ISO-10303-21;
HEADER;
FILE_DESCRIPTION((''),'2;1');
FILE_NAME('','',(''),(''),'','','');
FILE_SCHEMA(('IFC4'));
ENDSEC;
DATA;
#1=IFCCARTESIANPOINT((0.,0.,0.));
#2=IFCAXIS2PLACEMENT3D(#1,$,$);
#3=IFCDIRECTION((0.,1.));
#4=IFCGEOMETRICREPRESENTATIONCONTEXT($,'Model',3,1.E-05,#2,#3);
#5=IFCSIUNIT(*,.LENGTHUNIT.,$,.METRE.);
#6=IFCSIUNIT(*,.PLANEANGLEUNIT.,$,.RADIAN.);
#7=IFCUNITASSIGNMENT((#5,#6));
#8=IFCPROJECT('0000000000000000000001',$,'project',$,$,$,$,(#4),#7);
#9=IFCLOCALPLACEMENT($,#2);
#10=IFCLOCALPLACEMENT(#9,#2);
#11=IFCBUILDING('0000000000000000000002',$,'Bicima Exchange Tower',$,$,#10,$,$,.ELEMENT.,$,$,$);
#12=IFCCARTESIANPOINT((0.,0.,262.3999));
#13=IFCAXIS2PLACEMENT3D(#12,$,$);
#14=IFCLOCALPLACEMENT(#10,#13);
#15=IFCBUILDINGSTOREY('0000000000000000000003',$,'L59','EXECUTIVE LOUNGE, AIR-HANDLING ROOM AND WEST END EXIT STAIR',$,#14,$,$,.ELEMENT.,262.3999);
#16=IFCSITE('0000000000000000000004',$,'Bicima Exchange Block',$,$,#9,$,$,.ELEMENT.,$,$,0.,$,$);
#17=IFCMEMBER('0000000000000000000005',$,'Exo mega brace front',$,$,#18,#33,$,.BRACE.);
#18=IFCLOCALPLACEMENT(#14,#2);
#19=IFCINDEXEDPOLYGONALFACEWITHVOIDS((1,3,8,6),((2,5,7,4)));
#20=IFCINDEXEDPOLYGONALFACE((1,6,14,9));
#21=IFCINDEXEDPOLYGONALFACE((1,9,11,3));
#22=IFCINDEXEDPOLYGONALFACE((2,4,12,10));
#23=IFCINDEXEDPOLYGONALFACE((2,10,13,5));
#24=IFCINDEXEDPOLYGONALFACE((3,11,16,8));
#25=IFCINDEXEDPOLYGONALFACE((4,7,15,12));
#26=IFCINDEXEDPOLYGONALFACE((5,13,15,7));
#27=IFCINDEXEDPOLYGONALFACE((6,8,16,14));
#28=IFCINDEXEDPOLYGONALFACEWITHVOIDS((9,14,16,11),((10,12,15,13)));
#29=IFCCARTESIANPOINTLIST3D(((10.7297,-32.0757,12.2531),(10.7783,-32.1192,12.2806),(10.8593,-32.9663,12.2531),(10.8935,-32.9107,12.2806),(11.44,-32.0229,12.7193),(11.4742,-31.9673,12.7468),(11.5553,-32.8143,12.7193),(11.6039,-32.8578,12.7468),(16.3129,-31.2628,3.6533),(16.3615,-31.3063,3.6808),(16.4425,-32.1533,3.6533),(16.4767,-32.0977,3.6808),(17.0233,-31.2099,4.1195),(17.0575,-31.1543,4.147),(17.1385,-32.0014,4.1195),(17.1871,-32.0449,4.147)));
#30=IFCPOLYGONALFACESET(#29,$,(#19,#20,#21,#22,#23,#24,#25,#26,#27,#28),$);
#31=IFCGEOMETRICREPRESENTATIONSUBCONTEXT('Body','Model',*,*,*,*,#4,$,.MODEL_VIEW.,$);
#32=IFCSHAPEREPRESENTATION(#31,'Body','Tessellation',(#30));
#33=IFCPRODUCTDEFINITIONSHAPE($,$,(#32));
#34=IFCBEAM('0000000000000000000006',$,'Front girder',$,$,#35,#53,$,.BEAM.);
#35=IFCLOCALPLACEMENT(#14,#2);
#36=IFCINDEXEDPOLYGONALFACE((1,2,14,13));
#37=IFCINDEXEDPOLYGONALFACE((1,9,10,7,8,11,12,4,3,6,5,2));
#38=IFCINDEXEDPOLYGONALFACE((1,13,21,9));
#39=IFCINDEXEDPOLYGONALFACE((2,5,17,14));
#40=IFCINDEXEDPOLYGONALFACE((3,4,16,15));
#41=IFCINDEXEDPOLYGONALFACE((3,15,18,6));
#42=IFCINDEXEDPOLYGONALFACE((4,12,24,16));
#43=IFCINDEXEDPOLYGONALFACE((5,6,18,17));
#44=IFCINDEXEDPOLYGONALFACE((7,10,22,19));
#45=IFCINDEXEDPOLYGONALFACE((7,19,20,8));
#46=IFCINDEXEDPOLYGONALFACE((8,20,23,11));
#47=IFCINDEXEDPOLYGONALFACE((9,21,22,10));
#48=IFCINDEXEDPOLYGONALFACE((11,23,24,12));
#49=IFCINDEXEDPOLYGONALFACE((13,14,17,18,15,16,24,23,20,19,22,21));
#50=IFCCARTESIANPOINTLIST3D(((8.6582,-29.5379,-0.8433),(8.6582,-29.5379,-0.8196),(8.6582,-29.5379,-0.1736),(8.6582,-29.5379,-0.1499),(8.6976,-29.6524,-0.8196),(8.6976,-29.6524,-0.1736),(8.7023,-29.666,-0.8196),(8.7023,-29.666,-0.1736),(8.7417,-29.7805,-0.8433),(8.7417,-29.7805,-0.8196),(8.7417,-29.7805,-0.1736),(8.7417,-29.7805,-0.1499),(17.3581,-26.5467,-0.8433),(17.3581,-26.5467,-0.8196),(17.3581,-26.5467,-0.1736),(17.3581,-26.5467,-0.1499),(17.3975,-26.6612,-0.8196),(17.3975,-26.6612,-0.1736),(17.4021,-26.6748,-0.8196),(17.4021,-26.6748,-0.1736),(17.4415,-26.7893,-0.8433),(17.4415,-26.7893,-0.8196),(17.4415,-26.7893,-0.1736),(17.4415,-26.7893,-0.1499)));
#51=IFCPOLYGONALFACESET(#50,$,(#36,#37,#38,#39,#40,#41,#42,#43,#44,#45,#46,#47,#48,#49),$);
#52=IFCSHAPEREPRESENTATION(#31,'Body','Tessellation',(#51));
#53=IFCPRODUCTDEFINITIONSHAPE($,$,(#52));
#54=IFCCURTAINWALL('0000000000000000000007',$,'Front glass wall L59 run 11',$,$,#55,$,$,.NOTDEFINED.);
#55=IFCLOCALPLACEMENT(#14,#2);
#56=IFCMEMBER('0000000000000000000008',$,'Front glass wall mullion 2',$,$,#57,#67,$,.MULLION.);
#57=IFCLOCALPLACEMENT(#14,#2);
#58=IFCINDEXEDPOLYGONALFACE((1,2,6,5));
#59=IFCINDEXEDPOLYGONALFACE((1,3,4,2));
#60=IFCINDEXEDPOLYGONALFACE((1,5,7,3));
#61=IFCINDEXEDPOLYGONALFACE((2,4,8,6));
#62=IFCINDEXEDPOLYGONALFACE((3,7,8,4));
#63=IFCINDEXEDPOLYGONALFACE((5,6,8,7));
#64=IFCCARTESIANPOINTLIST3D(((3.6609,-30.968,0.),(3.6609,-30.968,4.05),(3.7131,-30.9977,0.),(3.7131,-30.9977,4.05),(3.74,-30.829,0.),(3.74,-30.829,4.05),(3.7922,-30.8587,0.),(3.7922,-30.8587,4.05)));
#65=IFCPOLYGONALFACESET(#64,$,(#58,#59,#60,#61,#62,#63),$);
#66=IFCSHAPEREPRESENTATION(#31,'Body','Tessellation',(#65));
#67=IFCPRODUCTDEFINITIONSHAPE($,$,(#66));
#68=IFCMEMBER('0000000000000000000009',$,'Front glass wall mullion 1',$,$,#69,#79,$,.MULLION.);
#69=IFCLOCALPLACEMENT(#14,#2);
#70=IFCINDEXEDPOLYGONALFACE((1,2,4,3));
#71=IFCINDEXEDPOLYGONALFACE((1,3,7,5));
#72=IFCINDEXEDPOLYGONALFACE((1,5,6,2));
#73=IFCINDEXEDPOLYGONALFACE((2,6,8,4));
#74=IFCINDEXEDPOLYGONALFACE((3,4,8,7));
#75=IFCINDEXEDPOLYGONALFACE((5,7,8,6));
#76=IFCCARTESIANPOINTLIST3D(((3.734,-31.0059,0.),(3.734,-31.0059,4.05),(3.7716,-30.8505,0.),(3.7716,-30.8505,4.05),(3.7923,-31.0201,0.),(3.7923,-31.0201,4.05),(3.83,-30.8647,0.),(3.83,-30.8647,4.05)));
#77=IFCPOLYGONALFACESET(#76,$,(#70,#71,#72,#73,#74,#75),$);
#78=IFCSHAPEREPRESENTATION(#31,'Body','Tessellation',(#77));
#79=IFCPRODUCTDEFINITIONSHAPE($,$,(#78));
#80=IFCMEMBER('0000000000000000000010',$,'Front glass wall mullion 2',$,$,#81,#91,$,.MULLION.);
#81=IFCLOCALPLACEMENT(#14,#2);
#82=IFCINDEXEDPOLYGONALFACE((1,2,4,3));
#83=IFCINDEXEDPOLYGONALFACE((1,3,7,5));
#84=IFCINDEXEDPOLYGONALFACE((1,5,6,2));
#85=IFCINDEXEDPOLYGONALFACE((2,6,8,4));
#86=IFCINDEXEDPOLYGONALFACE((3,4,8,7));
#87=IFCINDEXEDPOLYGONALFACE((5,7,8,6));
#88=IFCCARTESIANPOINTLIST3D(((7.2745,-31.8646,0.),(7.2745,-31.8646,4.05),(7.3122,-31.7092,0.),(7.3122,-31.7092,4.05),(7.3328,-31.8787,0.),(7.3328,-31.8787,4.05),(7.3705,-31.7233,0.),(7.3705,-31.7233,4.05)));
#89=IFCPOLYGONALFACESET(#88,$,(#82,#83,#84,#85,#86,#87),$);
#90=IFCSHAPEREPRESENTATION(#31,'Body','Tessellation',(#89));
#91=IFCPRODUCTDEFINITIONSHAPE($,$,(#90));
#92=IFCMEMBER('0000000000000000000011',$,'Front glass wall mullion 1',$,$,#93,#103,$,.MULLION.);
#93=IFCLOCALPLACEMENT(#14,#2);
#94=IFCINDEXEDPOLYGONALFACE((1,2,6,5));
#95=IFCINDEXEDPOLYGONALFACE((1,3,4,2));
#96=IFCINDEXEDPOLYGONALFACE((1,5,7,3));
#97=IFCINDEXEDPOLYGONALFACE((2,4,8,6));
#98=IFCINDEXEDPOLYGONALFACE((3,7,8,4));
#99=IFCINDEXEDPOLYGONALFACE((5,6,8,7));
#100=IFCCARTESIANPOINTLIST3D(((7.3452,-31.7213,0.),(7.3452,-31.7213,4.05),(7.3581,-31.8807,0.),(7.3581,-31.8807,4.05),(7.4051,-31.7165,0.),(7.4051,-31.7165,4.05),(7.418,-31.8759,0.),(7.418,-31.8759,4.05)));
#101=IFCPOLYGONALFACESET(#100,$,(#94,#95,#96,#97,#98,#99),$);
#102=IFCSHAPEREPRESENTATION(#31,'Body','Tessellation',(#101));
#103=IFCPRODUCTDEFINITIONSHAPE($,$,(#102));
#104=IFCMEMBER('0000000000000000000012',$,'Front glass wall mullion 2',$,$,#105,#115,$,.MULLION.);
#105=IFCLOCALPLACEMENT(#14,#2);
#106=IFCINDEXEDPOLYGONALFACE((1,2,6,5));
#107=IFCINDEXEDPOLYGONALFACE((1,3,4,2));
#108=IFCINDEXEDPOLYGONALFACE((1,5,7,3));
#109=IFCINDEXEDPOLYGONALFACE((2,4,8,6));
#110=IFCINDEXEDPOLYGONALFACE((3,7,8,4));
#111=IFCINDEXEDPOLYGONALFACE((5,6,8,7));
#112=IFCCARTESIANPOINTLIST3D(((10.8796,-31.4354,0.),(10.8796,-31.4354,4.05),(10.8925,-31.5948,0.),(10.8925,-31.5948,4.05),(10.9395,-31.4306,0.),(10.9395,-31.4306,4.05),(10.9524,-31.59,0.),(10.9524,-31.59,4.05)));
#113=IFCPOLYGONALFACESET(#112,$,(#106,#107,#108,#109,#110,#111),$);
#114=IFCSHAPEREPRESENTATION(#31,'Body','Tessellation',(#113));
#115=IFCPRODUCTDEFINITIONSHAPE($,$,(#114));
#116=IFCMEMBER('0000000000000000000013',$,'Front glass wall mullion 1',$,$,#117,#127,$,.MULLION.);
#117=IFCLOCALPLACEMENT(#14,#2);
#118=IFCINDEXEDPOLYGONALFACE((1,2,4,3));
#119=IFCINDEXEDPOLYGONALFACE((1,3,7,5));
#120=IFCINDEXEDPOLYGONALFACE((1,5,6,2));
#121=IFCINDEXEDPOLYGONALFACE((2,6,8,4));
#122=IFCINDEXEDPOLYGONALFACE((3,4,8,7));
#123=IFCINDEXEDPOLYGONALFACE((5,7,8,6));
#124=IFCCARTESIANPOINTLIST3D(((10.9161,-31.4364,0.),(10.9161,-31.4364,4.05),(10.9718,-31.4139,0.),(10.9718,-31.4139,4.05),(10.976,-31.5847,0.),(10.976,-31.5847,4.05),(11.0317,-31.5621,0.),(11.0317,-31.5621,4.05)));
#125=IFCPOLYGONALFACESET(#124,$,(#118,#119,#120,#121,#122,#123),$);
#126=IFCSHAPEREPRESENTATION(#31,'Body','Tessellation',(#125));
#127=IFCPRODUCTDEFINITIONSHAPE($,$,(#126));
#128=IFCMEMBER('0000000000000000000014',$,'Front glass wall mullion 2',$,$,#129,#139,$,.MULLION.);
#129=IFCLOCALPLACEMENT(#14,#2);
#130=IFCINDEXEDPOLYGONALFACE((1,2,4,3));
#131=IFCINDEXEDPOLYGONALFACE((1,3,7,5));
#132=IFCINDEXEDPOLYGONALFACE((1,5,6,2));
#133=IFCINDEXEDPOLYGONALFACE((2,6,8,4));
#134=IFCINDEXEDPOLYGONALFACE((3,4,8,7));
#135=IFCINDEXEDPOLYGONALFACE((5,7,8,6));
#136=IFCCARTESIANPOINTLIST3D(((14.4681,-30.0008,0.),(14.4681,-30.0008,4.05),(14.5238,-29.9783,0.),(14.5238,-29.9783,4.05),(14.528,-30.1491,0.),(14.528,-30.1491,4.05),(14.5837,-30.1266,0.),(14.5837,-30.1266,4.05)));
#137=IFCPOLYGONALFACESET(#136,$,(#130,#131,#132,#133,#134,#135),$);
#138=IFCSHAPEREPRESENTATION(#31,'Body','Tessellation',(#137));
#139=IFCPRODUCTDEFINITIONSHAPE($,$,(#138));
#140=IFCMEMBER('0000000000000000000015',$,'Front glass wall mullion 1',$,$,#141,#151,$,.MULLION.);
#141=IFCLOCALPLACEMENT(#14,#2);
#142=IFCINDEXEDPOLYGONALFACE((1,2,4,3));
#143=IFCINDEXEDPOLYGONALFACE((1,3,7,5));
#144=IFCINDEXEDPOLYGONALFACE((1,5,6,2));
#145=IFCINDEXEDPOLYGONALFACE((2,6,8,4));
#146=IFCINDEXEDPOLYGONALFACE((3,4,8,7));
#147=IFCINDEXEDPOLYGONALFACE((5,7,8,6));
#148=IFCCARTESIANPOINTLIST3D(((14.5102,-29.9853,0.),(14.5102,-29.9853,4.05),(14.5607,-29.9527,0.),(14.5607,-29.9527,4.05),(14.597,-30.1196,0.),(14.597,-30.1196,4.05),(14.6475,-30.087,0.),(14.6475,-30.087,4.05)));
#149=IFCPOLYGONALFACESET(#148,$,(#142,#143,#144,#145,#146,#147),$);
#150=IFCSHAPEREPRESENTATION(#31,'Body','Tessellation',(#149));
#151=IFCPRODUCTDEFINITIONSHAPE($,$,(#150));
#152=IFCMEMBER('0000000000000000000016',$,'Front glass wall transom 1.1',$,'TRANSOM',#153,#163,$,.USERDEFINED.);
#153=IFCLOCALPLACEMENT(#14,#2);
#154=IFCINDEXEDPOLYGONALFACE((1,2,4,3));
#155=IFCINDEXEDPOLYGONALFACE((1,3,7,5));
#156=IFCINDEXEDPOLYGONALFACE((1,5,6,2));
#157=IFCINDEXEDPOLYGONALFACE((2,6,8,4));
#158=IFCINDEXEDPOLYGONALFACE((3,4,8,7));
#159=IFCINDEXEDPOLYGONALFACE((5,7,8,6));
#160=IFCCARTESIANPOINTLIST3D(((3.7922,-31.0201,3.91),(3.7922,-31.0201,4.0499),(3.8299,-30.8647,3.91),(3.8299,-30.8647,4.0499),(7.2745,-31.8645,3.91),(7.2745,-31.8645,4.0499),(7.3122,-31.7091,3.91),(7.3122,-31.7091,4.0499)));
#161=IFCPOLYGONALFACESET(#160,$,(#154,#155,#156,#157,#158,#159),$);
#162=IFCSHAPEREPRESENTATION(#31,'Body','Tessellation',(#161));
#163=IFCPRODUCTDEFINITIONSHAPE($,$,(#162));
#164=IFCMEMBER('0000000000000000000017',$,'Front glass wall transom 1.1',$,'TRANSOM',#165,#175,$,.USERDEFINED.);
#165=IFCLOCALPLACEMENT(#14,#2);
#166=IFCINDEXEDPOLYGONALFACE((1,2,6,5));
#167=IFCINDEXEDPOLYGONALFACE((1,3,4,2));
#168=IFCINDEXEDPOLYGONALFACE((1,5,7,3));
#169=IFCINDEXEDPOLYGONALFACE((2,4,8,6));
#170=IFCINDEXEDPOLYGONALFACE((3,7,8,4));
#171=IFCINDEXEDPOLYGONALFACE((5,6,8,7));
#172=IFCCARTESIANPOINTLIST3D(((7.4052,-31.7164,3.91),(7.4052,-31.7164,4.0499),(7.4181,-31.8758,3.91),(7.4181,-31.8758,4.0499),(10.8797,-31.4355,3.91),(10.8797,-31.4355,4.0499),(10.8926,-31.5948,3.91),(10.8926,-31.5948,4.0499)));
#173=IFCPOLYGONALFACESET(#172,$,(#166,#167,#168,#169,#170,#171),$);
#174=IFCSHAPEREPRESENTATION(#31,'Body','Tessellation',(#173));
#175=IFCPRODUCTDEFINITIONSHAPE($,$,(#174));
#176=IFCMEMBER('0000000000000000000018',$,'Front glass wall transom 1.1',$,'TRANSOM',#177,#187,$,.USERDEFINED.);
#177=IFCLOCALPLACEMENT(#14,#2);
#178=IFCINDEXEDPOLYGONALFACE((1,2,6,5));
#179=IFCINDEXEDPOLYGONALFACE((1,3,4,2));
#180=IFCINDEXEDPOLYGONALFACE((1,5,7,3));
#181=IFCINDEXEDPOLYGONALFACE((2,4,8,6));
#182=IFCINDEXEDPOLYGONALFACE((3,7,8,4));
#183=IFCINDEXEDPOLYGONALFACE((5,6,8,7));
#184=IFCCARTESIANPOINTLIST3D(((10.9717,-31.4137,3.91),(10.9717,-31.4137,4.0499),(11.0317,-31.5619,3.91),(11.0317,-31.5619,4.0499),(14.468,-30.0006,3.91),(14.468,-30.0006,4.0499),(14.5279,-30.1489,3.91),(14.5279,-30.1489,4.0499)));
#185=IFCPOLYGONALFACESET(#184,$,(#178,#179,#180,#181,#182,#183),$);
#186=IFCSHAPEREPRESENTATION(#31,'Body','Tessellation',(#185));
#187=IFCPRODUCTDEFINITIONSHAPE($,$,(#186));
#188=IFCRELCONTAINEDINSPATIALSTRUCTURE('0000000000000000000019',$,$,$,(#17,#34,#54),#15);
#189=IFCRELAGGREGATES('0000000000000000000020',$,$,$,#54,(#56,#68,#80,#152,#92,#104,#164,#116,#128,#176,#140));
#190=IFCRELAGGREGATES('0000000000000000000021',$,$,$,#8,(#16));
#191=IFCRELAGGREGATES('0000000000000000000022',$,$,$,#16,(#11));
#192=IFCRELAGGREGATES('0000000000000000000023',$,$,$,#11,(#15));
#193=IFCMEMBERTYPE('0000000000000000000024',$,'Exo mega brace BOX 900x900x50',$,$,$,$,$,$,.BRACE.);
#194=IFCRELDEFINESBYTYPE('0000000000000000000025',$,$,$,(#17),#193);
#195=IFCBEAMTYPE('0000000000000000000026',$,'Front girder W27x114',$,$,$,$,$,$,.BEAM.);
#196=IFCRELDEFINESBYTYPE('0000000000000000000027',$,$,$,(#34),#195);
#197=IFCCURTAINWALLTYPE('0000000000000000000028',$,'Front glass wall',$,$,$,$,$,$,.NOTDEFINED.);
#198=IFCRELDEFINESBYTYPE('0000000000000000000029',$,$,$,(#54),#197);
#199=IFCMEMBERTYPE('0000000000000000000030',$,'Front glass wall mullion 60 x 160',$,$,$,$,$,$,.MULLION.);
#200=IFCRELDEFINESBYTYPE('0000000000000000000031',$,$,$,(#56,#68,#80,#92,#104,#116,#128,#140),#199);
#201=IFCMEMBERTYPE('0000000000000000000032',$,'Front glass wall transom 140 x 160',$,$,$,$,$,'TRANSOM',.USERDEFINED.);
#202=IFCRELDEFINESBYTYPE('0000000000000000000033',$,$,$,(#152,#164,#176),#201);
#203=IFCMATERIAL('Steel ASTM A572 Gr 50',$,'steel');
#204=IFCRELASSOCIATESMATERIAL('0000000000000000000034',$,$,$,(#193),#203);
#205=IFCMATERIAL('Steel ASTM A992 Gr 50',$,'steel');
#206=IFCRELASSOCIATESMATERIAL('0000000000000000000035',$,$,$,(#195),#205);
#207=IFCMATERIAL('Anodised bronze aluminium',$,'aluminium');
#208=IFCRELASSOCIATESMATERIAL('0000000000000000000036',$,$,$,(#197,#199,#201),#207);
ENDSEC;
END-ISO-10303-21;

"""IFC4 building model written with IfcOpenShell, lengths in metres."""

from ifc_helpers import new_model, si_unit, direction, frame, origin, origin_2d, place, context, subcontext, project, spatial, rectangle, hollow_rectangle, i_section, extrude, material, material_profile, profile_set, type_object, element, aggregate, save


model = new_model("IFC4")

# Units and contexts
model_context = context("Model", 3, precision=1e-05, world=origin(), true_north=direction((0.0, 1.0)))
body_context = subcontext(model_context, "Body", "Model", "MODEL_VIEW")
ifc_project = project(units=[si_unit("LENGTHUNIT", "METRE"), si_unit("PLANEANGLEUNIT", "RADIAN")], contexts=[model_context])

# Site, building, storey
site_placement = place(None, origin())
site = spatial("IfcSite", under=ifc_project, at=site_placement, Name="Bicima Exchange Block", CompositionType="ELEMENT", RefElevation=0.0)
building_placement = place(site_placement, origin())
building = spatial("IfcBuilding", under=site, at=building_placement, Name="Bicima Exchange Tower", CompositionType="ELEMENT")
storey_placement = place(building_placement, frame((0.0, 0.0, 262.3999)))
storey = spatial("IfcBuildingStorey", under=building, at=storey_placement, Name="L59", Description="EXECUTIVE LOUNGE, AIR-HANDLING ROOM AND WEST END EXIT STAIR", CompositionType="ELEMENT", Elevation=262.3999)

# Member
ifc_material_1 = material(Name="Steel ASTM A572 Gr 50", Category="steel")
ifc_material_profile_1 = material_profile(ifc_material_1, hollow_rectangle(XDim=0.8999, YDim=0.8999, WallThickness=0.05, at=origin_2d()))
ifc_profile_set_1 = profile_set([ifc_material_profile_1], Name="Steel ASTM A572 Gr 50")
member_type_1 = type_object("IfcMemberType", Name="Exo mega brace BOX 900x900x50", PredefinedType="BRACE", material=ifc_profile_set_1)
member_1_placement = place(storey_placement, frame((16.75, -31.6538, 3.9001), z_axis=(-0.542828, -0.079042, 0.836116), x_axis=(0.144092, -0.989564, 0.0)))
element("IfcMember", 1, at=member_1_placement, inside=storey, type_object=member_type_1, Name="Exo mega brace front", PredefinedType="BRACE", context=body_context, shape_type="SweptSolid", body=[
    extrude(hollow_rectangle(XDim=0.8999, YDim=0.8999, WallThickness=0.05, at=origin_2d()), origin(), (0.0, 0.0, 1.0), 10.2854),
])

# Beam
ifc_material_2 = material(Name="Steel ASTM A992 Gr 50", Category="steel")
ifc_material_profile_2 = material_profile(ifc_material_2, i_section(OverallWidth=0.2566, OverallDepth=0.6934, WebThickness=0.0144, FlangeThickness=0.0237, at=origin_2d()))
ifc_profile_set_2 = profile_set([ifc_material_profile_2], Name="Steel ASTM A992 Gr 50")
beam_type = type_object("IfcBeamType", Name="Front girder W27x114", PredefinedType="BEAM", material=ifc_profile_set_2)
beam_placement = place(storey_placement, frame((8.7, -29.6592, -0.4966), z_axis=(0.945666, 0.325138, 0.0), x_axis=(-0.325138, 0.945666, 0.0)))
element("IfcBeam", 2, at=beam_placement, inside=storey, type_object=beam_type, Name="Front girder", PredefinedType="BEAM", context=body_context, shape_type="SweptSolid", body=[
    extrude(i_section(OverallWidth=0.2566, OverallDepth=0.6934, WebThickness=0.0144, FlangeThickness=0.0237, at=origin_2d()), origin(), (0.0, 0.0, 1.0), 9.1997),
])

# Curtain wall, members
ifc_material_3 = material(Name="Anodised bronze aluminium", Category="aluminium")
curtain_wall_type = type_object("IfcCurtainWallType", Name="Front glass wall", PredefinedType="NOTDEFINED", material=ifc_material_3)
curtain_wall_placement = place(storey_placement, origin())
curtain_wall = element("IfcCurtainWall", 3, at=curtain_wall_placement, inside=storey, type_object=curtain_wall_type, Name="Front glass wall L59 run 11", PredefinedType="NOTDEFINED")
ifc_material_profile_3 = material_profile(ifc_material_3, rectangle(XDim=0.1599, YDim=0.0601, at=origin_2d()))
ifc_profile_set_3 = profile_set([ifc_material_profile_3], Name="Anodised bronze aluminium")
member_type_2 = type_object("IfcMemberType", Name="Front glass wall mullion 60 x 160", PredefinedType="MULLION", material=ifc_profile_set_3)
member_2_placement = place(storey_placement, frame((3.7266, -30.9133, 0.0), z_axis=(0.0, 0.0, 1.0), x_axis=(0.49433, 0.869274, 0.0)))
member_2 = element("IfcMember", 4, at=member_2_placement, type_object=member_type_2, Name="Front glass wall mullion 2", PredefinedType="MULLION", context=body_context, shape_type="SweptSolid", body=[
    extrude(rectangle(XDim=0.1599, YDim=0.0601, at=origin_2d()), origin(), (0.0, 0.0, 1.0), 4.05),
])
member_3_placement = place(storey_placement, frame((3.782, -30.9353, 0.0), z_axis=(0.0, 0.0, 1.0), x_axis=(0.235682, 0.97183, 0.0)))
member_3 = element("IfcMember", 5, at=member_3_placement, type_object=member_type_2, Name="Front glass wall mullion 1", PredefinedType="MULLION", context=body_context, shape_type="SweptSolid", body=[
    extrude(rectangle(XDim=0.1599, YDim=0.0601, at=origin_2d()), origin(), (0.0, 0.0, 1.0), 4.05),
])
member_4_placement = place(storey_placement, frame((7.3225, -31.7939, 0.0), z_axis=(0.0, 0.0, 1.0), x_axis=(0.235682, 0.97183, 0.0)))
member_4 = element("IfcMember", 6, at=member_4_placement, type_object=member_type_2, Name="Front glass wall mullion 2", PredefinedType="MULLION", context=body_context, shape_type="SweptSolid", body=[
    extrude(rectangle(XDim=0.1599, YDim=0.0601, at=origin_2d()), origin(), (0.0, 0.0, 1.0), 4.05),
])
member_5_placement = place(storey_placement, frame((7.3816, -31.7986, 0.0), z_axis=(0.0, 0.0, 1.0), x_axis=(-0.080589, 0.996747, 0.0)))
member_5 = element("IfcMember", 7, at=member_5_placement, type_object=member_type_2, Name="Front glass wall mullion 1", PredefinedType="MULLION", context=body_context, shape_type="SweptSolid", body=[
    extrude(rectangle(XDim=0.1599, YDim=0.0601, at=origin_2d()), origin(), (0.0, 0.0, 1.0), 4.05),
])
member_6_placement = place(storey_placement, frame((10.916, -31.5127, 0.0), z_axis=(0.0, 0.0, 1.0), x_axis=(-0.080589, 0.996747, 0.0)))
member_6 = element("IfcMember", 8, at=member_6_placement, type_object=member_type_2, Name="Front glass wall mullion 2", PredefinedType="MULLION", context=body_context, shape_type="SweptSolid", body=[
    extrude(rectangle(XDim=0.1599, YDim=0.0601, at=origin_2d()), origin(), (0.0, 0.0, 1.0), 4.05),
])
member_7_placement = place(storey_placement, frame((10.9739, -31.4993, 0.0), z_axis=(0.0, 0.0, 1.0), x_axis=(-0.374705, 0.927144, 0.0)))
member_7 = element("IfcMember", 9, at=member_7_placement, type_object=member_type_2, Name="Front glass wall mullion 1", PredefinedType="MULLION", context=body_context, shape_type="SweptSolid", body=[
    extrude(rectangle(XDim=0.1599, YDim=0.0601, at=origin_2d()), origin(), (0.0, 0.0, 1.0), 4.05),
])
member_8_placement = place(storey_placement, frame((14.5259, -30.0637, 0.0), z_axis=(0.0, 0.0, 1.0), x_axis=(-0.374705, 0.927144, 0.0)))
member_8 = element("IfcMember", 10, at=member_8_placement, type_object=member_type_2, Name="Front glass wall mullion 2", PredefinedType="MULLION", context=body_context, shape_type="SweptSolid", body=[
    extrude(rectangle(XDim=0.1599, YDim=0.0601, at=origin_2d()), origin(), (0.0, 0.0, 1.0), 4.05),
])
member_9_placement = place(storey_placement, frame((14.5789, -30.0361, 0.0), z_axis=(0.0, 0.0, 1.0), x_axis=(-0.542909, 0.839791, 0.0)))
member_9 = element("IfcMember", 11, at=member_9_placement, type_object=member_type_2, Name="Front glass wall mullion 1", PredefinedType="MULLION", context=body_context, shape_type="SweptSolid", body=[
    extrude(rectangle(XDim=0.1599, YDim=0.0601, at=origin_2d()), origin(), (0.0, 0.0, 1.0), 4.05),
])
ifc_material_profile_4 = material_profile(ifc_material_3, rectangle(XDim=0.1599, YDim=0.1399, at=origin_2d()))
ifc_profile_set_4 = profile_set([ifc_material_profile_4], Name="Anodised bronze aluminium")
member_type_3 = type_object("IfcMemberType", Name="Front glass wall transom 140 x 160", ElementType="TRANSOM", PredefinedType="USERDEFINED", material=ifc_profile_set_4)
member_10_placement = place(storey_placement, frame((3.811, -30.9424, 3.98), z_axis=(0.971834, -0.235668, 0.0), x_axis=(0.235668, 0.971834, 0.0)))
member_10 = element("IfcMember", 12, at=member_10_placement, type_object=member_type_3, Name="Front glass wall transom 1.1", ObjectType="TRANSOM", PredefinedType="USERDEFINED", context=body_context, shape_type="SweptSolid", body=[
    extrude(rectangle(XDim=0.1599, YDim=0.1399, at=origin_2d()), origin(), (0.0, 0.0, 1.0), 3.5833),
])
member_11_placement = place(storey_placement, frame((7.4116, -31.7961, 3.98), z_axis=(0.996746, 0.080611, 0.0), x_axis=(-0.080611, 0.996746, 0.0)))
member_11 = element("IfcMember", 13, at=member_11_placement, type_object=member_type_3, Name="Front glass wall transom 1.1", ObjectType="TRANSOM", PredefinedType="USERDEFINED", context=body_context, shape_type="SweptSolid", body=[
    extrude(rectangle(XDim=0.1599, YDim=0.1399, at=origin_2d()), origin(), (0.0, 0.0, 1.0), 3.4858),
])
member_12_placement = place(storey_placement, frame((11.0017, -31.4878, 3.98), z_axis=(0.92714, 0.374715, 0.0), x_axis=(-0.374715, 0.92714, 0.0)))
member_12 = element("IfcMember", 14, at=member_12_placement, type_object=member_type_3, Name="Front glass wall transom 1.1", ObjectType="TRANSOM", PredefinedType="USERDEFINED", context=body_context, shape_type="SweptSolid", body=[
    extrude(rectangle(XDim=0.1599, YDim=0.1399, at=origin_2d()), origin(), (0.0, 0.0, 1.0), 3.771),
])

aggregate(curtain_wall, [member_2, member_3, member_4, member_10, member_5, member_6, member_11, member_7, member_8, member_12, member_9])

save(model, "model.ifc")
